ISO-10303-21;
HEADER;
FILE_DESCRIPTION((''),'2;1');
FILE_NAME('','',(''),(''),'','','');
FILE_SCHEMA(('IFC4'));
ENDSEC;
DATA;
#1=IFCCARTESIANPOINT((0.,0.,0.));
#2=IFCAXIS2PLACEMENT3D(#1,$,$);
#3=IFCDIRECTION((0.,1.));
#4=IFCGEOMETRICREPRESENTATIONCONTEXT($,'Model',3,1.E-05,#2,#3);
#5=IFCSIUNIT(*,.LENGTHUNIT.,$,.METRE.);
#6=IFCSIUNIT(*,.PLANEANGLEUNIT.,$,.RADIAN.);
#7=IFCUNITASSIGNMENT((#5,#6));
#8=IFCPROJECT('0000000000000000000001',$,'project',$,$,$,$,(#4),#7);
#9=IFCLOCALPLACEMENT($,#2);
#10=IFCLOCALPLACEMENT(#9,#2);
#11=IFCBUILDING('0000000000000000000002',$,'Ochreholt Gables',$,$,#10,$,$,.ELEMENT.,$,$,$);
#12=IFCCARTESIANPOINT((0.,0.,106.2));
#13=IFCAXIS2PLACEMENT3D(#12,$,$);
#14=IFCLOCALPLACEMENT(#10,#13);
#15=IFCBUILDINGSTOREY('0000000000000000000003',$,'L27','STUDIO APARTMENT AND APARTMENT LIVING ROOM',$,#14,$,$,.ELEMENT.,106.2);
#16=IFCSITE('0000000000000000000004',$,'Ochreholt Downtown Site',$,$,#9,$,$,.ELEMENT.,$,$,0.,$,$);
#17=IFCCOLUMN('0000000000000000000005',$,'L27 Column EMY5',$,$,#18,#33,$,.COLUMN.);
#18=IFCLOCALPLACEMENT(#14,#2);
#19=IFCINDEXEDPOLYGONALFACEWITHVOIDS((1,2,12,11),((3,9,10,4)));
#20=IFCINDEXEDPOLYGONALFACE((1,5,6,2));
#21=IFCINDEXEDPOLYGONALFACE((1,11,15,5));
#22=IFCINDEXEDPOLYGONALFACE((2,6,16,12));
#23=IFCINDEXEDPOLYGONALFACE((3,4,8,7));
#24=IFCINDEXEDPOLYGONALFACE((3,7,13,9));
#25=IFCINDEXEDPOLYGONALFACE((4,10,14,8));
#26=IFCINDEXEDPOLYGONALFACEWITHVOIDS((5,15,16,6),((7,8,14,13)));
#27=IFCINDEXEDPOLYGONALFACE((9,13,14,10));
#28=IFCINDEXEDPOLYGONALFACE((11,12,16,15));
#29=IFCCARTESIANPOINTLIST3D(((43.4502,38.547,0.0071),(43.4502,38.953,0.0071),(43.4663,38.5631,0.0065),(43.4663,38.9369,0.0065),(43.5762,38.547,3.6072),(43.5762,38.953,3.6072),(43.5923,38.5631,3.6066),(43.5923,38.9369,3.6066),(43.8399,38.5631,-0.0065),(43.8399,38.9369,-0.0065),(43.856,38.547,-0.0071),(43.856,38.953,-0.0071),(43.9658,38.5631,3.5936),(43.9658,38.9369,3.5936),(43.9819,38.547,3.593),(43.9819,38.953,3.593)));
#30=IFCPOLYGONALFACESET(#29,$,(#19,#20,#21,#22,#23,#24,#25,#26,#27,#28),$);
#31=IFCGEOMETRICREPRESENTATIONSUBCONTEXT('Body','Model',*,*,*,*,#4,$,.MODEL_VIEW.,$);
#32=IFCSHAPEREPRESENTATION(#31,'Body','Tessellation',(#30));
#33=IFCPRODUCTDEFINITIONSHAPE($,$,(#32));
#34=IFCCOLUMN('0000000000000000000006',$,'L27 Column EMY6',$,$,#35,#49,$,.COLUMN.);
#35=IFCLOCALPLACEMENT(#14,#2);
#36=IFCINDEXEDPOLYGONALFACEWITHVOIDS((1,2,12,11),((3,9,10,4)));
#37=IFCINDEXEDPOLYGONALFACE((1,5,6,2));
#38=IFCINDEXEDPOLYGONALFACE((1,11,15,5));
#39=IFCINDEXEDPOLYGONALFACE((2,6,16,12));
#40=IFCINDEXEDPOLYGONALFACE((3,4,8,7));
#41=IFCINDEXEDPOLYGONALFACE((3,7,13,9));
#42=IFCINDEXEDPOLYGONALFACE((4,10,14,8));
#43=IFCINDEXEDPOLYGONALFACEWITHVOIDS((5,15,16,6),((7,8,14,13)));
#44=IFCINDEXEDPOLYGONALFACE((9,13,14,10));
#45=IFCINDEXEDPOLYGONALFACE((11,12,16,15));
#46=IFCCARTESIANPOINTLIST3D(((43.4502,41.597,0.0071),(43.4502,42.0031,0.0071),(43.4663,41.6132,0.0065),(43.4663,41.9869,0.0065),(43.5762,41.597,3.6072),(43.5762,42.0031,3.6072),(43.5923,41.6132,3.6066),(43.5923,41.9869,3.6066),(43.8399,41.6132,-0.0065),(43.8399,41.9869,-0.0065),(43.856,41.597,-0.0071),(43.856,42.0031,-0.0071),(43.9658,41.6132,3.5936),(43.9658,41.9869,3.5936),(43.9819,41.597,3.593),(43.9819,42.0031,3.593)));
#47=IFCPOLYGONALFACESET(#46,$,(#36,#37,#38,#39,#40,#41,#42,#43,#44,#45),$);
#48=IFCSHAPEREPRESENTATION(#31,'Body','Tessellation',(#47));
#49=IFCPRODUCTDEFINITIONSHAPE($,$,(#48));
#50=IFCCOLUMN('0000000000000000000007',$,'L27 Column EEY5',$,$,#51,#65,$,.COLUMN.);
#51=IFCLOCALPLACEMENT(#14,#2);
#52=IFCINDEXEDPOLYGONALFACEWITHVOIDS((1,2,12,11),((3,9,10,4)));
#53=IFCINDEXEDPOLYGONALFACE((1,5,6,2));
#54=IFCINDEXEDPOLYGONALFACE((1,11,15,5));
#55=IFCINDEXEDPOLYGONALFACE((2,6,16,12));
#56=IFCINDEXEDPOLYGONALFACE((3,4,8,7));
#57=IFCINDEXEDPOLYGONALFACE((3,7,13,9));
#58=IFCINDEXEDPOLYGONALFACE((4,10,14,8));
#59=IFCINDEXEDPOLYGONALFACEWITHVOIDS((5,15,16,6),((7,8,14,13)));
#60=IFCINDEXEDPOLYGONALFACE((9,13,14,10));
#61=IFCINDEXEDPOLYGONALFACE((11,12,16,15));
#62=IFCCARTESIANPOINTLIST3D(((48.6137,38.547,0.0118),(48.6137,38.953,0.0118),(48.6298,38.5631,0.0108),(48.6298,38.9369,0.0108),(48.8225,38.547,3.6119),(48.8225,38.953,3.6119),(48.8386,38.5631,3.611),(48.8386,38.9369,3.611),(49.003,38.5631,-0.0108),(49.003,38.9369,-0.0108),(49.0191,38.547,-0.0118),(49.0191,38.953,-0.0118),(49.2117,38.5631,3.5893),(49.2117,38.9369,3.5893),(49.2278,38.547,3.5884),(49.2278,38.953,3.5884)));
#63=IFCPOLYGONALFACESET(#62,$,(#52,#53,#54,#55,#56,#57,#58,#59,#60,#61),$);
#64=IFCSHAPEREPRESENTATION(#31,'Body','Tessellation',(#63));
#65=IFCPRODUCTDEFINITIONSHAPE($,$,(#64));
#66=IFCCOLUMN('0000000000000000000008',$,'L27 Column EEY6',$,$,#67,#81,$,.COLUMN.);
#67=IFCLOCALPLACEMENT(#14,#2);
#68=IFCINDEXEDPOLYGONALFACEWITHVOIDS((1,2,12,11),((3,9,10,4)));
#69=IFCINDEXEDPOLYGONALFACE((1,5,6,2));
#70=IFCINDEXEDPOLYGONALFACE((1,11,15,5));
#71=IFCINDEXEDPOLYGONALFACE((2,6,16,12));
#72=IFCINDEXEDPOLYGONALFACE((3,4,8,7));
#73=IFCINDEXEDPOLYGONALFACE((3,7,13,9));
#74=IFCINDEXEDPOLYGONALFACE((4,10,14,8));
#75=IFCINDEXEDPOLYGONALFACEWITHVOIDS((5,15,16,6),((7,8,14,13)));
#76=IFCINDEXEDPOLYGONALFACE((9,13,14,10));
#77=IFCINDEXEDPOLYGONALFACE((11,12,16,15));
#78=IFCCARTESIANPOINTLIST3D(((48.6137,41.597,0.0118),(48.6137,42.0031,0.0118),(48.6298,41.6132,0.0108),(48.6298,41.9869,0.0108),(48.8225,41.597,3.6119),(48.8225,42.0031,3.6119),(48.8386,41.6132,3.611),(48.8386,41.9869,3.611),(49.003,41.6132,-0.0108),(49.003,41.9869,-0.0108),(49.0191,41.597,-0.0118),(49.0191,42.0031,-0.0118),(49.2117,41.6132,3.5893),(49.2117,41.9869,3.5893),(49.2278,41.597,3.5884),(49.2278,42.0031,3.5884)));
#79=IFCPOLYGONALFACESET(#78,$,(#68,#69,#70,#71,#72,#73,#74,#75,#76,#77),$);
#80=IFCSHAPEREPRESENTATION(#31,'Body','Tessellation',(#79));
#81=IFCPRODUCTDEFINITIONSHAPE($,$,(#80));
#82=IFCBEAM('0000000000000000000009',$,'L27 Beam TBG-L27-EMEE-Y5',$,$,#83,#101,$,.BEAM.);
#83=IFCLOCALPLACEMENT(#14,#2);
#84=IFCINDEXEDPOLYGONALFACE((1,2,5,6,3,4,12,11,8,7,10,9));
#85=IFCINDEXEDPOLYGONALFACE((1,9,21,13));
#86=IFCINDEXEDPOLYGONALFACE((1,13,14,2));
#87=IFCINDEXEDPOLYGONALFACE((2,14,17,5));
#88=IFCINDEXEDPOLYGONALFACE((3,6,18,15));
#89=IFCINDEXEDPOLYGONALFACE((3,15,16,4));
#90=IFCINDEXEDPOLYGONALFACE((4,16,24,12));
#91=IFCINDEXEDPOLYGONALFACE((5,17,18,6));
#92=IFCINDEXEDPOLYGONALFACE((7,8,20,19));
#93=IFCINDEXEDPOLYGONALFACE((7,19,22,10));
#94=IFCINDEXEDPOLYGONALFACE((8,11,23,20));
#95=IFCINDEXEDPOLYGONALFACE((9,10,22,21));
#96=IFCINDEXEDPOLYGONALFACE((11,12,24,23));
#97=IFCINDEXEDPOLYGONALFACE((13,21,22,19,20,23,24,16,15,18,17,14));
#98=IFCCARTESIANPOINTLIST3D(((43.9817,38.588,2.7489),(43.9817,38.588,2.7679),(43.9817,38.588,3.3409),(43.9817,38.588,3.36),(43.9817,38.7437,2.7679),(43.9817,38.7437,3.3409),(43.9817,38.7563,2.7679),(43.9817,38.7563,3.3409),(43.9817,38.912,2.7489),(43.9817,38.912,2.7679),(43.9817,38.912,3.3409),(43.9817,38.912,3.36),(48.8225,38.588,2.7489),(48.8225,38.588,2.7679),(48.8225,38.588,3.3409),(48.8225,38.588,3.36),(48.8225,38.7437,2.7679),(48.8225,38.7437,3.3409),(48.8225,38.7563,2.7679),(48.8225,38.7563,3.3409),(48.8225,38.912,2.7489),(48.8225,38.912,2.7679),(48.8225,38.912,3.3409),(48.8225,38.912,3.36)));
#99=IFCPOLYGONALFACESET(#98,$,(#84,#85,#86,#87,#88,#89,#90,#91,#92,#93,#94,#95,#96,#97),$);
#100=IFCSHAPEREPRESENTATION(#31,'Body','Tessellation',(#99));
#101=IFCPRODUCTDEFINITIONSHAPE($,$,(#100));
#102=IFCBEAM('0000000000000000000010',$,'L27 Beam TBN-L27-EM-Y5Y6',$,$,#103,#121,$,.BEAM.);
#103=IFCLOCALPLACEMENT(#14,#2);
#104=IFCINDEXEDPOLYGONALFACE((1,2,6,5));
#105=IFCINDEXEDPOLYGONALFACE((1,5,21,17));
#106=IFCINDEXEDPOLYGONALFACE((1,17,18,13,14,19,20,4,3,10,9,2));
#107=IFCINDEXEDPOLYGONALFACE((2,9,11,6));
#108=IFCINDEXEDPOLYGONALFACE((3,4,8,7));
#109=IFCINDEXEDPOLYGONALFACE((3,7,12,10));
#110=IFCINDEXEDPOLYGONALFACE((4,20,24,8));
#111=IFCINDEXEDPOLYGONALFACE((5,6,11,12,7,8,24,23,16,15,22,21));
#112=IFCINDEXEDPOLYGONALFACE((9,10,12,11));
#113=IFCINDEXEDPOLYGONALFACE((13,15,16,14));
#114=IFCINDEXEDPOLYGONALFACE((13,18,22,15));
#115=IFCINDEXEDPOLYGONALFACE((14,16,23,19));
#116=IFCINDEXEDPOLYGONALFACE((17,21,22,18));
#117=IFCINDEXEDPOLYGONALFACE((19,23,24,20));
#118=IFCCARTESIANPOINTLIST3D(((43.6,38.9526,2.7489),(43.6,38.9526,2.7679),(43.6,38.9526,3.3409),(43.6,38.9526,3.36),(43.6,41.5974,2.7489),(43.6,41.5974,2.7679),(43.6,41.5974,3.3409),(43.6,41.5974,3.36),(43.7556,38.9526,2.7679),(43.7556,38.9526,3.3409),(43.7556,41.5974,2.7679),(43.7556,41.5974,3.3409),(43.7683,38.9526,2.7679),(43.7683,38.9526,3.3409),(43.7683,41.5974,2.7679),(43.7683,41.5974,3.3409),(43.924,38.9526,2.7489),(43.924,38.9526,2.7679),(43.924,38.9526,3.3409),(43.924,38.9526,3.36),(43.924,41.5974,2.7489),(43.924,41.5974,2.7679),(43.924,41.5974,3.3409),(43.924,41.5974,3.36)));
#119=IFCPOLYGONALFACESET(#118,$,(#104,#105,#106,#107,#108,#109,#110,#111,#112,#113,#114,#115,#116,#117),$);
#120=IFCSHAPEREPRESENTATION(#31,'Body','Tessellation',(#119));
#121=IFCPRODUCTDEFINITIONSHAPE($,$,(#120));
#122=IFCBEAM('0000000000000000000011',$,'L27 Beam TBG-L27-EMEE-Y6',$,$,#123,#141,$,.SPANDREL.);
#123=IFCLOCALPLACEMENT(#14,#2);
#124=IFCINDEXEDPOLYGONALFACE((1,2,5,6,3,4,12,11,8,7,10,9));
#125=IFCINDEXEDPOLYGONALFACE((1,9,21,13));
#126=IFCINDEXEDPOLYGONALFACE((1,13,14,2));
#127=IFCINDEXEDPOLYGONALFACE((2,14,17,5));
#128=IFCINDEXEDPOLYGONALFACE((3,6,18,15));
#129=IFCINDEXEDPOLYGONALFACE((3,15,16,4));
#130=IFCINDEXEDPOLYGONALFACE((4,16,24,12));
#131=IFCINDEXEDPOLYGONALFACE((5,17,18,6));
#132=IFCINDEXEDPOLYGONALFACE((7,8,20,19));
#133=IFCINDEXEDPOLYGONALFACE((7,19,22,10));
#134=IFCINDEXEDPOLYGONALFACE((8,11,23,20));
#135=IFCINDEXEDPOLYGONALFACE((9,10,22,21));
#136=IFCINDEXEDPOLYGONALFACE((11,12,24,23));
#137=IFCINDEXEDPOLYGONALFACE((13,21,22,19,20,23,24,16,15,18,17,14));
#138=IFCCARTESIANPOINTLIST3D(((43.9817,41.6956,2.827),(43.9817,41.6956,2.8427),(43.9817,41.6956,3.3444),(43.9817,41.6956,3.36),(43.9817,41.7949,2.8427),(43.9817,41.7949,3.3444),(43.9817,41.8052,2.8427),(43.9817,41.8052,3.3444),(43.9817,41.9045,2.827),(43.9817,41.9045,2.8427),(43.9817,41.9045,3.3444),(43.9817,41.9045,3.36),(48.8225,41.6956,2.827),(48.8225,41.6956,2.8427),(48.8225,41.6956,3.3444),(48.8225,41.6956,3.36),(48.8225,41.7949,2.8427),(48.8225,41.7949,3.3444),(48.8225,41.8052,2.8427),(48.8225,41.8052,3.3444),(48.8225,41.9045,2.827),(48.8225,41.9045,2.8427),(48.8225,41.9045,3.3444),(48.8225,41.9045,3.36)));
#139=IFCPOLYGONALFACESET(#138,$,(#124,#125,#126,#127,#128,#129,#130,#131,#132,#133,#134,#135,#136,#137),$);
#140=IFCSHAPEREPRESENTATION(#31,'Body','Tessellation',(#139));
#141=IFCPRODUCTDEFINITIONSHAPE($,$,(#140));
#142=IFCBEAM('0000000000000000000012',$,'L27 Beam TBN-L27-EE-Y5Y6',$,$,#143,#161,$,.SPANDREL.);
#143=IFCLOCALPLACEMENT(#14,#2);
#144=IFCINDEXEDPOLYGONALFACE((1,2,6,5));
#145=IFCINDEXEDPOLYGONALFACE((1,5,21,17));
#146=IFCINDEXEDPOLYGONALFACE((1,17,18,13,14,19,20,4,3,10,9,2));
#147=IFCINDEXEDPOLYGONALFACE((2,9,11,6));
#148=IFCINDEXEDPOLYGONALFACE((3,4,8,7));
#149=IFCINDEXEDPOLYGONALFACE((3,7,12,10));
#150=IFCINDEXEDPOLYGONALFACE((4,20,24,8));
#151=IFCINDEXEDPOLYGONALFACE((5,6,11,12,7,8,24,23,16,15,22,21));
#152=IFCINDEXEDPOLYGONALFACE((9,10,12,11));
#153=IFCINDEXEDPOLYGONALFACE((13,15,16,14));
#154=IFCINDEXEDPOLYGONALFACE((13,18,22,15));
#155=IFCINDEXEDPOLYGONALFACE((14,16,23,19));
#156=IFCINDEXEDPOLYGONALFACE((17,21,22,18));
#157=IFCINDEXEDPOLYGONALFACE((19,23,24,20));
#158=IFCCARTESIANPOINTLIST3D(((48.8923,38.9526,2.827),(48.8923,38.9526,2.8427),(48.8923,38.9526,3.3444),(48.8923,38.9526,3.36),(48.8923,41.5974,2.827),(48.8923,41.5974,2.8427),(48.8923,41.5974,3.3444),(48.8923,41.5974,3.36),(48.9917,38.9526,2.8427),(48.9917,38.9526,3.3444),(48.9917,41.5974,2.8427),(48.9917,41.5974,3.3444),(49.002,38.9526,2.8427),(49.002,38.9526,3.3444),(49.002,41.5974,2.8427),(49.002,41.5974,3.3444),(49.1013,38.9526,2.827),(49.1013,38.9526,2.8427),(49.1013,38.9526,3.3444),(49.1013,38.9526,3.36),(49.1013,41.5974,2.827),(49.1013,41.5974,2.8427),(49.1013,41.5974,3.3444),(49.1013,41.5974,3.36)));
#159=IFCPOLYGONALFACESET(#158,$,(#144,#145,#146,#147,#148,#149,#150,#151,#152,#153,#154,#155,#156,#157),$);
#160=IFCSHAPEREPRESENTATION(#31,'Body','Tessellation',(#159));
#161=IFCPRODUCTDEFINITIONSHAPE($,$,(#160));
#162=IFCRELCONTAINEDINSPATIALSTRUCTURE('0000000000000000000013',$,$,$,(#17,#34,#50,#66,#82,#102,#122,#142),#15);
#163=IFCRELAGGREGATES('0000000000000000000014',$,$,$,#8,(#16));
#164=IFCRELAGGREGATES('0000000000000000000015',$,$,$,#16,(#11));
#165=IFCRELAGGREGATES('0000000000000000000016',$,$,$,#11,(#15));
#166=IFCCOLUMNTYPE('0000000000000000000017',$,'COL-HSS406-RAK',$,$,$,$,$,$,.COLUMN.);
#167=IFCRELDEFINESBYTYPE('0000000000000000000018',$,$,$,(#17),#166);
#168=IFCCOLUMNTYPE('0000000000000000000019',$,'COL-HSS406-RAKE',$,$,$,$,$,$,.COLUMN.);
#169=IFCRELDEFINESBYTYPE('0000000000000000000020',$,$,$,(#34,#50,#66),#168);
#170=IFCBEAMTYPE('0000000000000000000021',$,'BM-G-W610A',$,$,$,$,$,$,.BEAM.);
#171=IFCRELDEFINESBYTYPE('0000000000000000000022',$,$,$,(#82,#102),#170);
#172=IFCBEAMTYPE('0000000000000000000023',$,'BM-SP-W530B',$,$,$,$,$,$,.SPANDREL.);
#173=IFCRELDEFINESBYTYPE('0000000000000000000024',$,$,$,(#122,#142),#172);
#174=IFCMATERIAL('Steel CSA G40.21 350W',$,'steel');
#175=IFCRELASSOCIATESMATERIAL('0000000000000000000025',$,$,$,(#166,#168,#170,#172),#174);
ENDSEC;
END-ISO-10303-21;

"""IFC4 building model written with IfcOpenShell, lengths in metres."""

from ifc_helpers import new_model, si_unit, direction, frame, origin, origin_2d, place, context, subcontext, project, spatial, hollow_rectangle, i_section, extrude, material, material_profile, profile_set, type_object, element, save


model = new_model("IFC4")

# Units and contexts
model_context = context("Model", 3, precision=1e-05, world=origin(), true_north=direction((0.0, 1.0)))
body_context = subcontext(model_context, "Body", "Model", "MODEL_VIEW")
ifc_project = project(units=[si_unit("LENGTHUNIT", "METRE"), si_unit("PLANEANGLEUNIT", "RADIAN")], contexts=[model_context])

# Site, building, storey
site_placement = place(None, origin())
site = spatial("IfcSite", under=ifc_project, at=site_placement, Name="Ochreholt Downtown Site", CompositionType="ELEMENT", RefElevation=0.0)
building_placement = place(site_placement, origin())
building = spatial("IfcBuilding", under=site, at=building_placement, Name="Ochreholt Gables", CompositionType="ELEMENT")
storey_placement = place(building_placement, frame((0.0, 0.0, 106.2)))
storey = spatial("IfcBuildingStorey", under=building, at=storey_placement, Name="L27", Description="STUDIO APARTMENT AND APARTMENT LIVING ROOM", CompositionType="ELEMENT", Elevation=106.2)

# Columns
ifc_material_1 = material(Name="Steel CSA G40.21 350W", Category="steel")
ifc_material_profile_1 = material_profile(ifc_material_1, hollow_rectangle(XDim=0.406, YDim=0.406, WallThickness=0.0161, at=origin_2d()), Name="HSS406X406X16")
ifc_profile_set_1 = profile_set([ifc_material_profile_1], Name="Steel CSA G40.21 350W")
column_type_1 = type_object("IfcColumnType", Name="COL-HSS406-RAK", PredefinedType="COLUMN", material=ifc_profile_set_1)
column_1_placement = place(storey_placement, frame((43.6531, 38.75, 0.0), z_axis=(0.034971, 0.0, 0.999388), x_axis=(0.0, 1.0, 0.0)))
element("IfcColumn", 1, at=column_1_placement, inside=storey, type_object=column_type_1, Name="L27 Column EMY5", PredefinedType="COLUMN", context=body_context, shape_type="SweptSolid", body=[
    extrude(hollow_rectangle(XDim=0.406, YDim=0.406, WallThickness=0.0161, at=origin_2d()), origin(), (0.0, 0.0, 1.0), 3.6023),
])
ifc_material_profile_2 = material_profile(ifc_material_1, hollow_rectangle(XDim=0.406, YDim=0.406, WallThickness=0.0161, at=origin_2d()), Name="HSS406X406X16")
ifc_profile_set_2 = profile_set([ifc_material_profile_2], Name="Steel CSA G40.21 350W")
column_type_2 = type_object("IfcColumnType", Name="COL-HSS406-RAKE", PredefinedType="COLUMN", material=ifc_profile_set_2)
column_2_placement = place(storey_placement, frame((43.6531, 41.8, 0.0), z_axis=(0.034971, 0.0, 0.999388), x_axis=(0.0, 1.0, 0.0)))
element("IfcColumn", 2, at=column_2_placement, inside=storey, type_object=column_type_2, Name="L27 Column EMY6", PredefinedType="COLUMN", context=body_context, shape_type="SweptSolid", body=[
    extrude(hollow_rectangle(XDim=0.406, YDim=0.406, WallThickness=0.0161, at=origin_2d()), origin(), (0.0, 0.0, 1.0), 3.6023),
])
for number, where, z_axis, x_axis, name in (
    (3, (48.8164, 38.75, 0.0), (0.057885, 0.0, 0.998323), (0.0, 1.0, 0.0), "L27 Column EEY5"),
    (4, (48.8164, 41.8, 0.0), (0.057885, 0.0, 0.998323), (0.0, 1.0, 0.0), "L27 Column EEY6"),
):
    element("IfcColumn", number, at=place(storey_placement, frame(where, z_axis=z_axis, x_axis=x_axis)), inside=storey, type_object=column_type_2, Name=name, PredefinedType="COLUMN", context=body_context, shape_type="SweptSolid", body=[
        extrude(hollow_rectangle(XDim=0.406, YDim=0.406, WallThickness=0.0161, at=origin_2d()), origin(), (0.0, 0.0, 1.0), 3.6062),
    ])

# Beams
ifc_material_profile_3 = material_profile(ifc_material_1, i_section(OverallWidth=0.324, OverallDepth=0.6111, WebThickness=0.0127, FlangeThickness=0.019, at=origin_2d()), Name="W610X155")
ifc_profile_set_3 = profile_set([ifc_material_profile_3], Name="Steel CSA G40.21 350W")
beam_type_1 = type_object("IfcBeamType", Name="BM-G-W610A", PredefinedType="BEAM", material=ifc_profile_set_3)
beam_1_placement = place(storey_placement, frame((43.9817, 38.75, 3.0544), z_axis=(1.0, 0.0, 0.0), x_axis=(0.0, 1.0, 0.0)))
element("IfcBeam", 5, at=beam_1_placement, inside=storey, type_object=beam_type_1, Name="L27 Beam TBG-L27-EMEE-Y5", PredefinedType="BEAM", context=body_context, shape_type="SweptSolid", body=[
    extrude(i_section(OverallWidth=0.324, OverallDepth=0.6111, WebThickness=0.0127, FlangeThickness=0.019, at=origin_2d()), origin(), (0.0, 0.0, 1.0), 4.8408),
])
beam_2_placement = place(storey_placement, frame((43.762, 38.9526, 3.0544), z_axis=(0.0, 1.0, 0.0), x_axis=(-1.0, 0.0, 0.0)))
element("IfcBeam", 6, at=beam_2_placement, inside=storey, type_object=beam_type_1, Name="L27 Beam TBN-L27-EM-Y5Y6", PredefinedType="BEAM", context=body_context, shape_type="SweptSolid", body=[
    extrude(i_section(OverallWidth=0.324, OverallDepth=0.6111, WebThickness=0.0127, FlangeThickness=0.019, at=origin_2d()), origin(), (0.0, 0.0, 1.0), 2.6448),
])
ifc_material_profile_4 = material_profile(ifc_material_1, i_section(OverallWidth=0.209, OverallDepth=0.533, WebThickness=0.0103, FlangeThickness=0.0156, at=origin_2d()), Name="W530X92")
ifc_profile_set_4 = profile_set([ifc_material_profile_4], Name="Steel CSA G40.21 350W")
beam_type_2 = type_object("IfcBeamType", Name="BM-SP-W530B", PredefinedType="SPANDREL", material=ifc_profile_set_4)
beam_3_placement = place(storey_placement, frame((43.9817, 41.8, 3.0935), z_axis=(1.0, 0.0, 0.0), x_axis=(0.0, 1.0, 0.0)))
element("IfcBeam", 7, at=beam_3_placement, inside=storey, type_object=beam_type_2, Name="L27 Beam TBG-L27-EMEE-Y6", PredefinedType="SPANDREL", context=body_context, shape_type="SweptSolid", body=[
    extrude(i_section(OverallWidth=0.209, OverallDepth=0.533, WebThickness=0.0103, FlangeThickness=0.0156, at=origin_2d()), origin(), (0.0, 0.0, 1.0), 4.8408),
])
beam_4_placement = place(storey_placement, frame((48.9968, 38.9526, 3.0935), z_axis=(0.0, 1.0, 0.0), x_axis=(-1.0, 0.0, 0.0)))
element("IfcBeam", 8, at=beam_4_placement, inside=storey, type_object=beam_type_2, Name="L27 Beam TBN-L27-EE-Y5Y6", PredefinedType="SPANDREL", context=body_context, shape_type="SweptSolid", body=[
    extrude(i_section(OverallWidth=0.209, OverallDepth=0.533, WebThickness=0.0103, FlangeThickness=0.0156, at=origin_2d()), origin(), (0.0, 0.0, 1.0), 2.6448),
])

save(model, "model.ifc")
